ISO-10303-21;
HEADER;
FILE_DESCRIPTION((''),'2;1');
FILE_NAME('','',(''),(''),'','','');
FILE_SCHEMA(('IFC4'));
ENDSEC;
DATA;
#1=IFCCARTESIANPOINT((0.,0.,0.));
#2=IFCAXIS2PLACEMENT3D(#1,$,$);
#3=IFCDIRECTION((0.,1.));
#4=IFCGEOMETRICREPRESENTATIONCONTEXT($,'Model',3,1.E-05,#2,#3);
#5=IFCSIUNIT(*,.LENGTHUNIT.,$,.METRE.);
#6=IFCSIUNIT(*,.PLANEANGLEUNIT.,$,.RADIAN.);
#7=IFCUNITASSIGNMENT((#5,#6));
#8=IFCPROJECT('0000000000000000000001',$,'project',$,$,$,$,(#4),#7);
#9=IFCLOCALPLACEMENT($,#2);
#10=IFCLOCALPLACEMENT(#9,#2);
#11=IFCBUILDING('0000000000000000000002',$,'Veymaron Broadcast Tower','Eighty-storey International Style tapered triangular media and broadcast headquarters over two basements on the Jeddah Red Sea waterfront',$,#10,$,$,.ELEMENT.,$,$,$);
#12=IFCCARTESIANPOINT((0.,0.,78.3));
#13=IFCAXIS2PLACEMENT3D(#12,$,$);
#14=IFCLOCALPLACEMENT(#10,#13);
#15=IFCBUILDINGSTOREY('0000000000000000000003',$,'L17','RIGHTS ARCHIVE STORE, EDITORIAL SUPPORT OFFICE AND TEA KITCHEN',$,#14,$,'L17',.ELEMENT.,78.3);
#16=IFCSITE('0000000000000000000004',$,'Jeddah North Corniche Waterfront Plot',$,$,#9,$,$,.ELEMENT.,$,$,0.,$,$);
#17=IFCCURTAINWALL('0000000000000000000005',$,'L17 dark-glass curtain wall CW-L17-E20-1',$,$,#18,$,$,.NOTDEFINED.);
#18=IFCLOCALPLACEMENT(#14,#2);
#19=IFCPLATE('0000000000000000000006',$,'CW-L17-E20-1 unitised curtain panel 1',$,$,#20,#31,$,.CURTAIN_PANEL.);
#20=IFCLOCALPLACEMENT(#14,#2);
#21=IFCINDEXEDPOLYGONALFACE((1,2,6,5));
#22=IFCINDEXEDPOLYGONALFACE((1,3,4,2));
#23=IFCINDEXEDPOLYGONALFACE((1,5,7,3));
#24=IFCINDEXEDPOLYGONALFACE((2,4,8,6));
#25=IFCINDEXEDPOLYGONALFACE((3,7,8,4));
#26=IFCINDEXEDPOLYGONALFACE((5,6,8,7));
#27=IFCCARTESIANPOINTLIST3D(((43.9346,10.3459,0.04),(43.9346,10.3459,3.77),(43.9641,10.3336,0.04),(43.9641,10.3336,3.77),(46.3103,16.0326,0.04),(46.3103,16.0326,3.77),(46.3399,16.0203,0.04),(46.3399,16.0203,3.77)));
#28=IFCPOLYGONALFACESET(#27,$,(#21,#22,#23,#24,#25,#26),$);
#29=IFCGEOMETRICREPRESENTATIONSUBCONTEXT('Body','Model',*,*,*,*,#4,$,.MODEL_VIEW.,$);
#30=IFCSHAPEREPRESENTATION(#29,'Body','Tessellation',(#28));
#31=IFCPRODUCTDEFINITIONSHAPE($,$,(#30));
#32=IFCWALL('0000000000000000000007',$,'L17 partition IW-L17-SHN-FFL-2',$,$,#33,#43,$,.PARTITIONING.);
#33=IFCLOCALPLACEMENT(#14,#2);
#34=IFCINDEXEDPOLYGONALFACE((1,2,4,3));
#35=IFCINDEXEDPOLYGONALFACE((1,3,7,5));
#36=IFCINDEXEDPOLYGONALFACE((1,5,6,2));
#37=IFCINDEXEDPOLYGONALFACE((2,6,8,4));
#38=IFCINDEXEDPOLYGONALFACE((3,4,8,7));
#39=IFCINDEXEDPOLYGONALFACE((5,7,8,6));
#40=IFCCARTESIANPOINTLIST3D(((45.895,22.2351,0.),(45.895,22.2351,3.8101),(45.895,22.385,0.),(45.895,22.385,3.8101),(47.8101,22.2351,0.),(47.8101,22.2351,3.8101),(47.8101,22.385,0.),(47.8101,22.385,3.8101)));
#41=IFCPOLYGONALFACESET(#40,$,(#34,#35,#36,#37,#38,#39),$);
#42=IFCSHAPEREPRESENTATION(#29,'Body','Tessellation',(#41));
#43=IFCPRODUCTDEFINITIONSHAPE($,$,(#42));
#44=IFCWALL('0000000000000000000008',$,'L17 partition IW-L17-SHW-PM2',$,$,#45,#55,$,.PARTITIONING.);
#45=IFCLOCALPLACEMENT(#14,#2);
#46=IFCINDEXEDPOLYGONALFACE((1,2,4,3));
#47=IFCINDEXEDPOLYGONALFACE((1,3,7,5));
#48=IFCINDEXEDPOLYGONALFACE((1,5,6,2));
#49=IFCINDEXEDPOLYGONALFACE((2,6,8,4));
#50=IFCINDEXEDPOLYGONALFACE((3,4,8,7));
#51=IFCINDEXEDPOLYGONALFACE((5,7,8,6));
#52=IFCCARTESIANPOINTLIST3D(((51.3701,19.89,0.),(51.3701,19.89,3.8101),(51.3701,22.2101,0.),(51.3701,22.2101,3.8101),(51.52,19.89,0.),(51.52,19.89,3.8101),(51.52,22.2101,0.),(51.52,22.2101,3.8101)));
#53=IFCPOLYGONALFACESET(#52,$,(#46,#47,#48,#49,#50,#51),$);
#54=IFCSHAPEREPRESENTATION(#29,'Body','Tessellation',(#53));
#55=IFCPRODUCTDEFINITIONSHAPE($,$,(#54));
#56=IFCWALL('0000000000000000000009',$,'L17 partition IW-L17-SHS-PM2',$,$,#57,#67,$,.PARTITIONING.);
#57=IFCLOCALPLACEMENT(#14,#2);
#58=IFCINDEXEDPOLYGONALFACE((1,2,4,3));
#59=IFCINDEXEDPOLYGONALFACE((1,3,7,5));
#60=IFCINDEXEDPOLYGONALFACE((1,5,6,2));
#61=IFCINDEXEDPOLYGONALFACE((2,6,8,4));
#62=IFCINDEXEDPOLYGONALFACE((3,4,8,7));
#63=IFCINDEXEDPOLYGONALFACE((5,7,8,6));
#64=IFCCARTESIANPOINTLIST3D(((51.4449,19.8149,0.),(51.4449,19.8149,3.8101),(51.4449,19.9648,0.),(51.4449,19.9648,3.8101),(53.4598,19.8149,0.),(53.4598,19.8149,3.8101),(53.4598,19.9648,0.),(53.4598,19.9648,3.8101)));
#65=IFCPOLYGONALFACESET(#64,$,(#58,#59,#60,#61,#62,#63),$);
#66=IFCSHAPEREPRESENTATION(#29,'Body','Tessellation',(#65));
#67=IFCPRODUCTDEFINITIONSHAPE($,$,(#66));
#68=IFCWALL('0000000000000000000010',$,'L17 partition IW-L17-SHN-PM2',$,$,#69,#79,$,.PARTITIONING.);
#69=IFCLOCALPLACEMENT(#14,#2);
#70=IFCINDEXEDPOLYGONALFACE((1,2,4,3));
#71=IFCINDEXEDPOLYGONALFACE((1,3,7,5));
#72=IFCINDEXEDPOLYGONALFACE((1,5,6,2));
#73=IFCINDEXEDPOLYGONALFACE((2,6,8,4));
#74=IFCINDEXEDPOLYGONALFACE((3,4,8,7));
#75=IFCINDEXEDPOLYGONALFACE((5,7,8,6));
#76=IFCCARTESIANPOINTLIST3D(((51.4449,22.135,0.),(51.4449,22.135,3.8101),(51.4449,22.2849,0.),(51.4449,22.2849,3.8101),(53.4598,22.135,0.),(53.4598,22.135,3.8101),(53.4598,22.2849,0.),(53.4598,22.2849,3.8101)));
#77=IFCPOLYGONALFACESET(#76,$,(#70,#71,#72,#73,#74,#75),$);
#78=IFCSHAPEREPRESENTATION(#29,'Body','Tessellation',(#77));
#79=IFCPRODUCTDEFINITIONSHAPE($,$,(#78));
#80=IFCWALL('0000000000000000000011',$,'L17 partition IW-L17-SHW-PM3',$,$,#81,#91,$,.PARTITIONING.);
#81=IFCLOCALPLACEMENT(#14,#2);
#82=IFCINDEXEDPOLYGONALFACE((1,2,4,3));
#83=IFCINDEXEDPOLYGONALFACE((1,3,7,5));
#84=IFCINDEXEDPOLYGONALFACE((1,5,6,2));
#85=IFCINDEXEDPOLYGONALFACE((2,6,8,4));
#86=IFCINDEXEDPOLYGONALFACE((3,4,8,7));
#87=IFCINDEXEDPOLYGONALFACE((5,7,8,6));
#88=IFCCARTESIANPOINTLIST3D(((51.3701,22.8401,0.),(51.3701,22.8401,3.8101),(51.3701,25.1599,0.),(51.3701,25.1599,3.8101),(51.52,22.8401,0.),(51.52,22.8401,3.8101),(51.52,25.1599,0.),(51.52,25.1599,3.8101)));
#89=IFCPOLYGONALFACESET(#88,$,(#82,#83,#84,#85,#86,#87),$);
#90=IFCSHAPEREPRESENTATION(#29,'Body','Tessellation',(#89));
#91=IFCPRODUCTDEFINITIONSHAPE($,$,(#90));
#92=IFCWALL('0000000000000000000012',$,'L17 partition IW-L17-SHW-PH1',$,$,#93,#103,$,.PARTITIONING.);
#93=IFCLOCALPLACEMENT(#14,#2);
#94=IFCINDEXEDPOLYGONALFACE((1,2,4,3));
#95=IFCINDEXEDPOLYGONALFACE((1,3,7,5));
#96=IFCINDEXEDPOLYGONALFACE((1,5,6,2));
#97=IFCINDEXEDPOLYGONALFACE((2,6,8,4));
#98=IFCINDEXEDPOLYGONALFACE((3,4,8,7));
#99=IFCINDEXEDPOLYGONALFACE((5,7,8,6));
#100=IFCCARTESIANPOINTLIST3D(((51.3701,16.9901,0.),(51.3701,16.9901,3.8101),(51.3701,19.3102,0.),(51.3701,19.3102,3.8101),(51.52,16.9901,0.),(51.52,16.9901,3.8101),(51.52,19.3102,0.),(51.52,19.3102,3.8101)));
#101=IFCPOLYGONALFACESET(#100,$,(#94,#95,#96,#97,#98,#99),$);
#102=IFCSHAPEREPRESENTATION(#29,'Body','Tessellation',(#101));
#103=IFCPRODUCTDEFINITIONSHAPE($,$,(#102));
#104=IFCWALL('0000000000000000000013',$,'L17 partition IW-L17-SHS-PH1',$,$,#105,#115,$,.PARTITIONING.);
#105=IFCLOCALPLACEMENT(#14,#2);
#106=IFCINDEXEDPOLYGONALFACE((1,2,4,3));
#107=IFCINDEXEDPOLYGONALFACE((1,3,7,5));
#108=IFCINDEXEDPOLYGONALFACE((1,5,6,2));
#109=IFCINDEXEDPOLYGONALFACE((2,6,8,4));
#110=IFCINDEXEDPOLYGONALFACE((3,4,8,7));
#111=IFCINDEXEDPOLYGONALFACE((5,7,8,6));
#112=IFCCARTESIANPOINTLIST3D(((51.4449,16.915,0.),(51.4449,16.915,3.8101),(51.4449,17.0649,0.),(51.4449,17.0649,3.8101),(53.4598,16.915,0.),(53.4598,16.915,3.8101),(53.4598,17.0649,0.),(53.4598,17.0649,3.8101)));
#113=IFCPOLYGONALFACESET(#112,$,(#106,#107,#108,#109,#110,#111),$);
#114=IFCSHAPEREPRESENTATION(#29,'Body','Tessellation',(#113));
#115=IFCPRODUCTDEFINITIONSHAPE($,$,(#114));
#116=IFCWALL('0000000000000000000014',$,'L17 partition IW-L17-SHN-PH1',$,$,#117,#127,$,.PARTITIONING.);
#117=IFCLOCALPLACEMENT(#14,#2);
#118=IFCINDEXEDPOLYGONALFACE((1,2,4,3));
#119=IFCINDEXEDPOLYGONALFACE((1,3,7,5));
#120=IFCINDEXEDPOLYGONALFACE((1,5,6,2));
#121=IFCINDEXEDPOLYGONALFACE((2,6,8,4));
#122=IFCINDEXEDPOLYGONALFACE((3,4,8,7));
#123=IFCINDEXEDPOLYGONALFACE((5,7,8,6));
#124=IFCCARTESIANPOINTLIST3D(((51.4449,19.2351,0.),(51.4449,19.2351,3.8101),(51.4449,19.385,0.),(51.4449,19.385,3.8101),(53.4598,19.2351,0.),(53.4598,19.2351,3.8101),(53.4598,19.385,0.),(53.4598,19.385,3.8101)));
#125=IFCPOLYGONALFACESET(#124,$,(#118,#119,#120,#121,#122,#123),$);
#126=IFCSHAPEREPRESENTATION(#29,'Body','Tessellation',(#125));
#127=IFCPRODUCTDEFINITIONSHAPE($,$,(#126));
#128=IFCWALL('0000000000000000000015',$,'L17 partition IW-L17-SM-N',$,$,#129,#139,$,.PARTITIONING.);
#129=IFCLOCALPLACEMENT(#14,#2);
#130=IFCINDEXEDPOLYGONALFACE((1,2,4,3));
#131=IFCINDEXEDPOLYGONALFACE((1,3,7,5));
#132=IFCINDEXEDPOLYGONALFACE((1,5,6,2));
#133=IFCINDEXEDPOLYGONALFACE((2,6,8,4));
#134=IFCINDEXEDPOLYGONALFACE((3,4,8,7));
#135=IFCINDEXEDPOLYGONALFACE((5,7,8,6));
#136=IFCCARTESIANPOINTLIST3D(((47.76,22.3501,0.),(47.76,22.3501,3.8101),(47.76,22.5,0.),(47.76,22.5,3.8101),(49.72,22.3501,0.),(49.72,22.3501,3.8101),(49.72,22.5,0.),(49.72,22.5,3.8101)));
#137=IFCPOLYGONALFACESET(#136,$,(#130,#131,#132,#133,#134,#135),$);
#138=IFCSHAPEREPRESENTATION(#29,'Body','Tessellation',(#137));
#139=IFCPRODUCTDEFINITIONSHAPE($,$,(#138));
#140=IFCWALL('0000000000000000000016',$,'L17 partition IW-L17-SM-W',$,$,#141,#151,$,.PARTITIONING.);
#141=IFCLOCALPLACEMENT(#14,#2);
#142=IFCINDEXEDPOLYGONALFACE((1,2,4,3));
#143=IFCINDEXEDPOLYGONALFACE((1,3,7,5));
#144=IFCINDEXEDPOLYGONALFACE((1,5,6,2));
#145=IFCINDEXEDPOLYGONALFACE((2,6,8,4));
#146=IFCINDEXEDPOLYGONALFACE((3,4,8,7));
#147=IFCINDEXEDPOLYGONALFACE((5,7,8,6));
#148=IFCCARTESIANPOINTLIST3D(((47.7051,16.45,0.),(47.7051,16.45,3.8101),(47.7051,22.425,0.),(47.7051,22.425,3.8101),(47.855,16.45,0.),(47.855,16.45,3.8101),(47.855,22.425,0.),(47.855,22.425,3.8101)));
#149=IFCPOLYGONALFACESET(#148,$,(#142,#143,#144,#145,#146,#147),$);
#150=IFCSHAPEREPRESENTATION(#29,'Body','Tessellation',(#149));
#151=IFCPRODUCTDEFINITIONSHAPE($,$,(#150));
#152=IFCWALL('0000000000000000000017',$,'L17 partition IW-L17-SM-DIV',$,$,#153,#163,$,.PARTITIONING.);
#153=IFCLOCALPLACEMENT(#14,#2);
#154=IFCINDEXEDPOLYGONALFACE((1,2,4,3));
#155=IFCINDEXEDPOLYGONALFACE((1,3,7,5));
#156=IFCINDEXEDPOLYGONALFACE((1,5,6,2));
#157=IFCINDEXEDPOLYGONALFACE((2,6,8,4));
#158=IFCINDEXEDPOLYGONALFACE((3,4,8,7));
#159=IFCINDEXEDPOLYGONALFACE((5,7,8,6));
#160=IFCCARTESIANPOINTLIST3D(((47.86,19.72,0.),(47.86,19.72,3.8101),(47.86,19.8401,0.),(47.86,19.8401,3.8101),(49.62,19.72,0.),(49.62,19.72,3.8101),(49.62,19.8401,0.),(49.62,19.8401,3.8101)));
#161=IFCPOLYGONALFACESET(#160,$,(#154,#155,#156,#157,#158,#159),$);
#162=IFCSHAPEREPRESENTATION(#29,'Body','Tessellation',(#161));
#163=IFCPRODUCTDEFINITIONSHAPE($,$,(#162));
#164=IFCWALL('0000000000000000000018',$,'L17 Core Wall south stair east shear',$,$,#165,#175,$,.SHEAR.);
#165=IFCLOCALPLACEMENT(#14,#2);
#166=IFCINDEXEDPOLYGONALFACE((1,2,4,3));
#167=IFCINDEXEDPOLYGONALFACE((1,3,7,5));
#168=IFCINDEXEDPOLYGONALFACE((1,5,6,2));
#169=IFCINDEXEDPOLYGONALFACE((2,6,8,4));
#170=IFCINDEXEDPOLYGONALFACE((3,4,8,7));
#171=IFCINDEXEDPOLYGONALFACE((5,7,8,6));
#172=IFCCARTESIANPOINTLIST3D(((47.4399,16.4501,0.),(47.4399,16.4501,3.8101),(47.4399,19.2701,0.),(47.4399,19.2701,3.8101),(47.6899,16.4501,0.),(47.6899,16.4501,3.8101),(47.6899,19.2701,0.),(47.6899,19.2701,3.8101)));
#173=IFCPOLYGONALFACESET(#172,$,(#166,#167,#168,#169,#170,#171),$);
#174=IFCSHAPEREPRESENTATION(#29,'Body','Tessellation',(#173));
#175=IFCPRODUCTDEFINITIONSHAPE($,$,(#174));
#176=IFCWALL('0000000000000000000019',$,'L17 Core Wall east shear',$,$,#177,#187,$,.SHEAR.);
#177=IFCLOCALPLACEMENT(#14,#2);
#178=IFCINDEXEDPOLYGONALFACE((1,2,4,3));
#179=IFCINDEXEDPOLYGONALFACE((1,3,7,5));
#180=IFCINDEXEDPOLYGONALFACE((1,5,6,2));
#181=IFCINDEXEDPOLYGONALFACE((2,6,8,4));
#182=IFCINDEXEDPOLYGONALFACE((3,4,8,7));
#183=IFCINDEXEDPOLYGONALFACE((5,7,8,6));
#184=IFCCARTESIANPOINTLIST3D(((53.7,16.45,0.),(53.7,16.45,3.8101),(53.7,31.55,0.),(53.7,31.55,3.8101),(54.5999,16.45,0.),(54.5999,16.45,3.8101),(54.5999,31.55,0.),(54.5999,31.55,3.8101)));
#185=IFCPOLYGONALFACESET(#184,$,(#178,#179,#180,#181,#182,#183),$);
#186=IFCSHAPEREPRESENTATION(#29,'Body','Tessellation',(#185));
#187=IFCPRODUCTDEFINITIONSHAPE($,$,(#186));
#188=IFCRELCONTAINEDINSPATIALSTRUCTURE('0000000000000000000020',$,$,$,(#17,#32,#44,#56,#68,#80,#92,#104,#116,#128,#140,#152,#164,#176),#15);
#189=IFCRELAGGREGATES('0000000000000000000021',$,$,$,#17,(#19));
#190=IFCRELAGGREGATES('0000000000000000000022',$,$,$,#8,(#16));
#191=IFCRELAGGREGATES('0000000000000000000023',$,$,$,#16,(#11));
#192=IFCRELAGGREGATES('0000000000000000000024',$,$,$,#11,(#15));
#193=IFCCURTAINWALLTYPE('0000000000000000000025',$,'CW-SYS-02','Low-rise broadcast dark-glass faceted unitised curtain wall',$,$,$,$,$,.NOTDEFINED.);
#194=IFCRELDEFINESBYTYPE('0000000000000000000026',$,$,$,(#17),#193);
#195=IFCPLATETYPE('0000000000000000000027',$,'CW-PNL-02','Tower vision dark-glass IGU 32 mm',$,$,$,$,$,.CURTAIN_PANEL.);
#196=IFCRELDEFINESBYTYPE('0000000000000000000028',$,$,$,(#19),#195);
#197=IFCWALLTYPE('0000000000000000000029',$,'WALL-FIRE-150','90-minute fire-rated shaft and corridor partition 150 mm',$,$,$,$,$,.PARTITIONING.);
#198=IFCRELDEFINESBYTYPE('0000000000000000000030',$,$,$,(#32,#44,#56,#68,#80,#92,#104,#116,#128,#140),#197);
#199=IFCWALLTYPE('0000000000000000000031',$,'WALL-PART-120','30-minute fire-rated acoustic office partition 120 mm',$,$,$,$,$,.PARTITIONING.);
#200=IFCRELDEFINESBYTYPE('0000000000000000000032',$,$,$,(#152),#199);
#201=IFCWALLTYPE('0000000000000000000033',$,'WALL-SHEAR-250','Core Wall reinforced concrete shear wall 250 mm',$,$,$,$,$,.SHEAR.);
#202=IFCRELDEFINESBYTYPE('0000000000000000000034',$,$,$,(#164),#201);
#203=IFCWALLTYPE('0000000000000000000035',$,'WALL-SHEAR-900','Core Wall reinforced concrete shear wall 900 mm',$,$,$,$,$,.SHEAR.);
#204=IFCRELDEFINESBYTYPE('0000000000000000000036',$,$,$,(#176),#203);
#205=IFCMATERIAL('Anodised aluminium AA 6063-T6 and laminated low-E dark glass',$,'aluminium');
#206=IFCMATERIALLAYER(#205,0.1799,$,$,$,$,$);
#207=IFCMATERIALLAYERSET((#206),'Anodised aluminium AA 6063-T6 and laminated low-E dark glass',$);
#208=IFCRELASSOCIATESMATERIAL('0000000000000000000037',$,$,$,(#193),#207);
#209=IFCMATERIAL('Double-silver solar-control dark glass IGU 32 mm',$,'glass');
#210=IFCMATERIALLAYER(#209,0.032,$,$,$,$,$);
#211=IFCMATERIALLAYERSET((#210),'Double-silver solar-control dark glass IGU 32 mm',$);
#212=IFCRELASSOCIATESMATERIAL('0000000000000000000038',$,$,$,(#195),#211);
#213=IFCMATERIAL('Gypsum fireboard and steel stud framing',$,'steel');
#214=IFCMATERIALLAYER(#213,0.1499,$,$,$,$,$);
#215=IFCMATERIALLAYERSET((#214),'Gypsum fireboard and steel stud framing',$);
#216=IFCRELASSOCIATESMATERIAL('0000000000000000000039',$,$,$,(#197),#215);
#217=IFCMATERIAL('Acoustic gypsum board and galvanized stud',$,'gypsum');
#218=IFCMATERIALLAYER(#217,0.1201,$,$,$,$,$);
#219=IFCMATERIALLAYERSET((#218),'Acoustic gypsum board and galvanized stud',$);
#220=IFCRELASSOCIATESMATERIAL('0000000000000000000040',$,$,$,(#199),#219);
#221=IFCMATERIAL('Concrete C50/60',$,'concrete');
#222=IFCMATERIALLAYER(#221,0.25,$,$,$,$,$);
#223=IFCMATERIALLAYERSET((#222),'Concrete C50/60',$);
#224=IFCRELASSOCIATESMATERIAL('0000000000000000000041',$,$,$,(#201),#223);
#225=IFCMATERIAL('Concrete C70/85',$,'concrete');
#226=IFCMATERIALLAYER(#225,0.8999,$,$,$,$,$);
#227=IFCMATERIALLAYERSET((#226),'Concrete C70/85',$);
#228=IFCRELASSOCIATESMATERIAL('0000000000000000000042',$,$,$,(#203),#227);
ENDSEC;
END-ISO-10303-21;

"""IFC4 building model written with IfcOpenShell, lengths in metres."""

from ifc_helpers import new_model, si_unit, direction, frame, frame_2d, origin, origin_2d, place, context, subcontext, project, spatial, rectangle, extrude, material, layer, layer_set, type_object, element, aggregate, save


model = new_model("IFC4")

# Units and contexts
model_context = context("Model", 3, precision=1e-05, world=origin(), true_north=direction((0.0, 1.0)))
body_context = subcontext(model_context, "Body", "Model", "MODEL_VIEW")
ifc_project = project(units=[si_unit("LENGTHUNIT", "METRE"), si_unit("PLANEANGLEUNIT", "RADIAN")], contexts=[model_context])

# Site, building, storey
site_placement = place(None, origin())
site = spatial("IfcSite", under=ifc_project, at=site_placement, Name="Jeddah North Corniche Waterfront Plot", CompositionType="ELEMENT", RefElevation=0.0)
building_placement = place(site_placement, origin())
building = spatial("IfcBuilding", under=site, at=building_placement, Name="Veymaron Broadcast Tower", Description="Eighty-storey International Style tapered triangular media and broadcast headquarters over two basements on the Jeddah Red Sea waterfront", CompositionType="ELEMENT")
storey_placement = place(building_placement, frame((0.0, 0.0, 78.3)))
storey = spatial("IfcBuildingStorey", under=building, at=storey_placement, Name="L17", Description="RIGHTS ARCHIVE STORE, EDITORIAL SUPPORT OFFICE AND TEA KITCHEN", LongName="L17", CompositionType="ELEMENT", Elevation=78.3)

# Shared definitions
ifc_material_1 = material(Name="Anodised aluminium AA 6063-T6 and laminated low-E dark glass", Category="aluminium")
ifc_layer_1 = layer(ifc_material_1, 0.1799)
ifc_layer_set_1 = layer_set([ifc_layer_1], Name="Anodised aluminium AA 6063-T6 and laminated low-E dark glass")
curtain_wall_type = type_object("IfcCurtainWallType", Name="CW-SYS-02", Description="Low-rise broadcast dark-glass faceted unitised curtain wall", PredefinedType="NOTDEFINED", material=ifc_layer_set_1)

# Curtain wall
curtain_wall_1_placement = place(storey_placement, origin())
curtain_wall_1 = element("IfcCurtainWall", 1, at=curtain_wall_1_placement, inside=storey, type_object=curtain_wall_type, Name="L17 dark-glass curtain wall CW-L17-E20-1", PredefinedType="NOTDEFINED")

# Plate
ifc_material_2 = material(Name="Double-silver solar-control dark glass IGU 32 mm", Category="glass")
ifc_layer_2 = layer(ifc_material_2, 0.032)
ifc_layer_set_2 = layer_set([ifc_layer_2], Name="Double-silver solar-control dark glass IGU 32 mm")
plate_type = type_object("IfcPlateType", Name="CW-PNL-02", Description="Tower vision dark-glass IGU 32 mm", PredefinedType="CURTAIN_PANEL", material=ifc_layer_set_2)
plate_1_placement = place(storey_placement, frame((45.1372, 13.1831, 0.04), z_axis=(0.0, 0.0, 1.0), x_axis=(0.385487, 0.922713, 0.0)))
plate_1 = element("IfcPlate", 2, at=plate_1_placement, type_object=plate_type, Name="CW-L17-E20-1 unitised curtain panel 1", PredefinedType="CURTAIN_PANEL", context=body_context, shape_type="SweptSolid", body=[
    extrude(rectangle(XDim=6.1631, YDim=0.032, at=origin_2d()), origin(), (0.0, 0.0, 1.0), 3.73),
])
aggregate(curtain_wall_1, [plate_1])

# Shared definitions
ifc_material_3 = material(Name="Gypsum fireboard and steel stud framing", Category="steel")
ifc_layer_3 = layer(ifc_material_3, 0.1499)
ifc_layer_set_3 = layer_set([ifc_layer_3], Name="Gypsum fireboard and steel stud framing")
wall_type_1 = type_object("IfcWallType", Name="WALL-FIRE-150", Description="90-minute fire-rated shaft and corridor partition 150 mm", PredefinedType="PARTITIONING", material=ifc_layer_set_3)

# Walls
wall_1_placement = place(storey_placement, frame((45.895, 22.3101, 0.0), z_axis=(0.0, 0.0, 1.0), x_axis=(1.0, 0.0, 0.0)))
element("IfcWall", 3, at=wall_1_placement, inside=storey, type_object=wall_type_1, Name="L17 partition IW-L17-SHN-FFL-2", PredefinedType="PARTITIONING", context=body_context, shape_type="SweptSolid", body=[
    extrude(rectangle(XDim=1.915, YDim=0.1499, at=frame_2d((0.9575, 0.0))), origin(), (0.0, 0.0, 1.0), 3.8101),
])
wall_2_placement = place(storey_placement, frame((51.4451, 19.8899, 0.0), z_axis=(0.0, 0.0, 1.0), x_axis=(0.0, 1.0, 0.0)))
element("IfcWall", 4, at=wall_2_placement, inside=storey, type_object=wall_type_1, Name="L17 partition IW-L17-SHW-PM2", PredefinedType="PARTITIONING", context=body_context, shape_type="SweptSolid", body=[
    extrude(rectangle(XDim=2.3201, YDim=0.1499, at=frame_2d((1.1602, 0.0))), origin(), (0.0, 0.0, 1.0), 3.8101),
])
for number, where, z_axis, x_axis, name in (
    (5, (51.4451, 19.8899, 0.0), (0.0, 0.0, 1.0), (1.0, 0.0, 0.0), "L17 partition IW-L17-SHS-PM2"),
    (6, (51.4451, 22.21, 0.0), (0.0, 0.0, 1.0), (1.0, 0.0, 0.0), "L17 partition IW-L17-SHN-PM2"),
):
    element("IfcWall", number, at=place(storey_placement, frame(where, z_axis=z_axis, x_axis=x_axis)), inside=storey, type_object=wall_type_1, Name=name, PredefinedType="PARTITIONING", context=body_context, shape_type="SweptSolid", body=[
        extrude(rectangle(XDim=2.0149, YDim=0.1499, at=frame_2d((1.0073, 0.0))), origin(), (0.0, 0.0, 1.0), 3.8101),
    ])
wall_3_placement = place(storey_placement, frame((51.4451, 22.8401, 0.0), z_axis=(0.0, 0.0, 1.0), x_axis=(0.0, 1.0, 0.0)))
element("IfcWall", 7, at=wall_3_placement, inside=storey, type_object=wall_type_1, Name="L17 partition IW-L17-SHW-PM3", PredefinedType="PARTITIONING", context=body_context, shape_type="SweptSolid", body=[
    extrude(rectangle(XDim=2.3198, YDim=0.1499, at=frame_2d((1.1599, 0.0))), origin(), (0.0, 0.0, 1.0), 3.8101),
])
wall_4_placement = place(storey_placement, frame((51.4451, 16.99, 0.0), z_axis=(0.0, 0.0, 1.0), x_axis=(0.0, 1.0, 0.0)))
element("IfcWall", 8, at=wall_4_placement, inside=storey, type_object=wall_type_1, Name="L17 partition IW-L17-SHW-PH1", PredefinedType="PARTITIONING", context=body_context, shape_type="SweptSolid", body=[
    extrude(rectangle(XDim=2.3201, YDim=0.1499, at=frame_2d((1.1602, 0.0))), origin(), (0.0, 0.0, 1.0), 3.8101),
])
for number, where, z_axis, x_axis, name in (
    (9, (51.4451, 16.99, 0.0), (0.0, 0.0, 1.0), (1.0, 0.0, 0.0), "L17 partition IW-L17-SHS-PH1"),
    (10, (51.4451, 19.3101, 0.0), (0.0, 0.0, 1.0), (1.0, 0.0, 0.0), "L17 partition IW-L17-SHN-PH1"),
):
    element("IfcWall", number, at=place(storey_placement, frame(where, z_axis=z_axis, x_axis=x_axis)), inside=storey, type_object=wall_type_1, Name=name, PredefinedType="PARTITIONING", context=body_context, shape_type="SweptSolid", body=[
        extrude(rectangle(XDim=2.0149, YDim=0.1499, at=frame_2d((1.0073, 0.0))), origin(), (0.0, 0.0, 1.0), 3.8101),
    ])

# Walls
wall_5_placement = place(storey_placement, frame((47.76, 22.425, 0.0), z_axis=(0.0, 0.0, 1.0), x_axis=(1.0, 0.0, 0.0)))
element("IfcWall", 11, at=wall_5_placement, inside=storey, type_object=wall_type_1, Name="L17 partition IW-L17-SM-N", PredefinedType="PARTITIONING", context=body_context, shape_type="SweptSolid", body=[
    extrude(rectangle(XDim=1.96, YDim=0.1499, at=frame_2d((0.98, 0.0))), origin(), (0.0, 0.0, 1.0), 3.8101),
])
wall_6_placement = place(storey_placement, frame((47.78, 16.45, 0.0), z_axis=(0.0, 0.0, 1.0), x_axis=(0.0, 1.0, 0.0)))
element("IfcWall", 12, at=wall_6_placement, inside=storey, type_object=wall_type_1, Name="L17 partition IW-L17-SM-W", PredefinedType="PARTITIONING", context=body_context, shape_type="SweptSolid", body=[
    extrude(rectangle(XDim=5.9751, YDim=0.1499, at=frame_2d((2.9875, 0.0))), origin(), (0.0, 0.0, 1.0), 3.8101),
])
ifc_material_4 = material(Name="Acoustic gypsum board and galvanized stud", Category="gypsum")
ifc_layer_4 = layer(ifc_material_4, 0.1201)
ifc_layer_set_4 = layer_set([ifc_layer_4], Name="Acoustic gypsum board and galvanized stud")
wall_type_2 = type_object("IfcWallType", Name="WALL-PART-120", Description="30-minute fire-rated acoustic office partition 120 mm", PredefinedType="PARTITIONING", material=ifc_layer_set_4)
wall_7_placement = place(storey_placement, frame((47.8601, 19.78, 0.0), z_axis=(0.0, 0.0, 1.0), x_axis=(1.0, 0.0, 0.0)))
element("IfcWall", 13, at=wall_7_placement, inside=storey, type_object=wall_type_2, Name="L17 partition IW-L17-SM-DIV", PredefinedType="PARTITIONING", context=body_context, shape_type="SweptSolid", body=[
    extrude(rectangle(XDim=1.76, YDim=0.1201, at=frame_2d((0.8799, 0.0))), origin(), (0.0, 0.0, 1.0), 3.8101),
])

# Walls
ifc_material_5 = material(Name="Concrete C50/60", Category="concrete")
ifc_layer_5 = layer(ifc_material_5, 0.25)
ifc_layer_set_5 = layer_set([ifc_layer_5], Name="Concrete C50/60")
wall_type_3 = type_object("IfcWallType", Name="WALL-SHEAR-250", Description="Core Wall reinforced concrete shear wall 250 mm", PredefinedType="SHEAR", material=ifc_layer_set_5)
wall_8_placement = place(storey_placement, frame((47.5649, 16.45, 0.0), z_axis=(0.0, 0.0, 1.0), x_axis=(0.0, 1.0, 0.0)))
element("IfcWall", 14, at=wall_8_placement, inside=storey, type_object=wall_type_3, Name="L17 Core Wall south stair east shear", PredefinedType="SHEAR", context=body_context, shape_type="SweptSolid", body=[
    extrude(rectangle(XDim=2.8201, YDim=0.25, at=frame_2d((1.4102, 0.0))), origin(), (0.0, 0.0, 1.0), 3.8101),
])
ifc_material_6 = material(Name="Concrete C70/85", Category="concrete")
ifc_layer_6 = layer(ifc_material_6, 0.8999)
ifc_layer_set_6 = layer_set([ifc_layer_6], Name="Concrete C70/85")
wall_type_4 = type_object("IfcWallType", Name="WALL-SHEAR-900", Description="Core Wall reinforced concrete shear wall 900 mm", PredefinedType="SHEAR", material=ifc_layer_set_6)
wall_9_placement = place(storey_placement, frame((54.1499, 16.45, 0.0), z_axis=(0.0, 0.0, 1.0), x_axis=(0.0, 1.0, 0.0)))
element("IfcWall", 15, at=wall_9_placement, inside=storey, type_object=wall_type_4, Name="L17 Core Wall east shear", PredefinedType="SHEAR", context=body_context, shape_type="SweptSolid", body=[
    extrude(rectangle(XDim=15.1001, YDim=0.8999, at=frame_2d((7.55, 0.0))), origin(), (0.0, 0.0, 1.0), 3.8101),
])

save(model, "model.ifc")
